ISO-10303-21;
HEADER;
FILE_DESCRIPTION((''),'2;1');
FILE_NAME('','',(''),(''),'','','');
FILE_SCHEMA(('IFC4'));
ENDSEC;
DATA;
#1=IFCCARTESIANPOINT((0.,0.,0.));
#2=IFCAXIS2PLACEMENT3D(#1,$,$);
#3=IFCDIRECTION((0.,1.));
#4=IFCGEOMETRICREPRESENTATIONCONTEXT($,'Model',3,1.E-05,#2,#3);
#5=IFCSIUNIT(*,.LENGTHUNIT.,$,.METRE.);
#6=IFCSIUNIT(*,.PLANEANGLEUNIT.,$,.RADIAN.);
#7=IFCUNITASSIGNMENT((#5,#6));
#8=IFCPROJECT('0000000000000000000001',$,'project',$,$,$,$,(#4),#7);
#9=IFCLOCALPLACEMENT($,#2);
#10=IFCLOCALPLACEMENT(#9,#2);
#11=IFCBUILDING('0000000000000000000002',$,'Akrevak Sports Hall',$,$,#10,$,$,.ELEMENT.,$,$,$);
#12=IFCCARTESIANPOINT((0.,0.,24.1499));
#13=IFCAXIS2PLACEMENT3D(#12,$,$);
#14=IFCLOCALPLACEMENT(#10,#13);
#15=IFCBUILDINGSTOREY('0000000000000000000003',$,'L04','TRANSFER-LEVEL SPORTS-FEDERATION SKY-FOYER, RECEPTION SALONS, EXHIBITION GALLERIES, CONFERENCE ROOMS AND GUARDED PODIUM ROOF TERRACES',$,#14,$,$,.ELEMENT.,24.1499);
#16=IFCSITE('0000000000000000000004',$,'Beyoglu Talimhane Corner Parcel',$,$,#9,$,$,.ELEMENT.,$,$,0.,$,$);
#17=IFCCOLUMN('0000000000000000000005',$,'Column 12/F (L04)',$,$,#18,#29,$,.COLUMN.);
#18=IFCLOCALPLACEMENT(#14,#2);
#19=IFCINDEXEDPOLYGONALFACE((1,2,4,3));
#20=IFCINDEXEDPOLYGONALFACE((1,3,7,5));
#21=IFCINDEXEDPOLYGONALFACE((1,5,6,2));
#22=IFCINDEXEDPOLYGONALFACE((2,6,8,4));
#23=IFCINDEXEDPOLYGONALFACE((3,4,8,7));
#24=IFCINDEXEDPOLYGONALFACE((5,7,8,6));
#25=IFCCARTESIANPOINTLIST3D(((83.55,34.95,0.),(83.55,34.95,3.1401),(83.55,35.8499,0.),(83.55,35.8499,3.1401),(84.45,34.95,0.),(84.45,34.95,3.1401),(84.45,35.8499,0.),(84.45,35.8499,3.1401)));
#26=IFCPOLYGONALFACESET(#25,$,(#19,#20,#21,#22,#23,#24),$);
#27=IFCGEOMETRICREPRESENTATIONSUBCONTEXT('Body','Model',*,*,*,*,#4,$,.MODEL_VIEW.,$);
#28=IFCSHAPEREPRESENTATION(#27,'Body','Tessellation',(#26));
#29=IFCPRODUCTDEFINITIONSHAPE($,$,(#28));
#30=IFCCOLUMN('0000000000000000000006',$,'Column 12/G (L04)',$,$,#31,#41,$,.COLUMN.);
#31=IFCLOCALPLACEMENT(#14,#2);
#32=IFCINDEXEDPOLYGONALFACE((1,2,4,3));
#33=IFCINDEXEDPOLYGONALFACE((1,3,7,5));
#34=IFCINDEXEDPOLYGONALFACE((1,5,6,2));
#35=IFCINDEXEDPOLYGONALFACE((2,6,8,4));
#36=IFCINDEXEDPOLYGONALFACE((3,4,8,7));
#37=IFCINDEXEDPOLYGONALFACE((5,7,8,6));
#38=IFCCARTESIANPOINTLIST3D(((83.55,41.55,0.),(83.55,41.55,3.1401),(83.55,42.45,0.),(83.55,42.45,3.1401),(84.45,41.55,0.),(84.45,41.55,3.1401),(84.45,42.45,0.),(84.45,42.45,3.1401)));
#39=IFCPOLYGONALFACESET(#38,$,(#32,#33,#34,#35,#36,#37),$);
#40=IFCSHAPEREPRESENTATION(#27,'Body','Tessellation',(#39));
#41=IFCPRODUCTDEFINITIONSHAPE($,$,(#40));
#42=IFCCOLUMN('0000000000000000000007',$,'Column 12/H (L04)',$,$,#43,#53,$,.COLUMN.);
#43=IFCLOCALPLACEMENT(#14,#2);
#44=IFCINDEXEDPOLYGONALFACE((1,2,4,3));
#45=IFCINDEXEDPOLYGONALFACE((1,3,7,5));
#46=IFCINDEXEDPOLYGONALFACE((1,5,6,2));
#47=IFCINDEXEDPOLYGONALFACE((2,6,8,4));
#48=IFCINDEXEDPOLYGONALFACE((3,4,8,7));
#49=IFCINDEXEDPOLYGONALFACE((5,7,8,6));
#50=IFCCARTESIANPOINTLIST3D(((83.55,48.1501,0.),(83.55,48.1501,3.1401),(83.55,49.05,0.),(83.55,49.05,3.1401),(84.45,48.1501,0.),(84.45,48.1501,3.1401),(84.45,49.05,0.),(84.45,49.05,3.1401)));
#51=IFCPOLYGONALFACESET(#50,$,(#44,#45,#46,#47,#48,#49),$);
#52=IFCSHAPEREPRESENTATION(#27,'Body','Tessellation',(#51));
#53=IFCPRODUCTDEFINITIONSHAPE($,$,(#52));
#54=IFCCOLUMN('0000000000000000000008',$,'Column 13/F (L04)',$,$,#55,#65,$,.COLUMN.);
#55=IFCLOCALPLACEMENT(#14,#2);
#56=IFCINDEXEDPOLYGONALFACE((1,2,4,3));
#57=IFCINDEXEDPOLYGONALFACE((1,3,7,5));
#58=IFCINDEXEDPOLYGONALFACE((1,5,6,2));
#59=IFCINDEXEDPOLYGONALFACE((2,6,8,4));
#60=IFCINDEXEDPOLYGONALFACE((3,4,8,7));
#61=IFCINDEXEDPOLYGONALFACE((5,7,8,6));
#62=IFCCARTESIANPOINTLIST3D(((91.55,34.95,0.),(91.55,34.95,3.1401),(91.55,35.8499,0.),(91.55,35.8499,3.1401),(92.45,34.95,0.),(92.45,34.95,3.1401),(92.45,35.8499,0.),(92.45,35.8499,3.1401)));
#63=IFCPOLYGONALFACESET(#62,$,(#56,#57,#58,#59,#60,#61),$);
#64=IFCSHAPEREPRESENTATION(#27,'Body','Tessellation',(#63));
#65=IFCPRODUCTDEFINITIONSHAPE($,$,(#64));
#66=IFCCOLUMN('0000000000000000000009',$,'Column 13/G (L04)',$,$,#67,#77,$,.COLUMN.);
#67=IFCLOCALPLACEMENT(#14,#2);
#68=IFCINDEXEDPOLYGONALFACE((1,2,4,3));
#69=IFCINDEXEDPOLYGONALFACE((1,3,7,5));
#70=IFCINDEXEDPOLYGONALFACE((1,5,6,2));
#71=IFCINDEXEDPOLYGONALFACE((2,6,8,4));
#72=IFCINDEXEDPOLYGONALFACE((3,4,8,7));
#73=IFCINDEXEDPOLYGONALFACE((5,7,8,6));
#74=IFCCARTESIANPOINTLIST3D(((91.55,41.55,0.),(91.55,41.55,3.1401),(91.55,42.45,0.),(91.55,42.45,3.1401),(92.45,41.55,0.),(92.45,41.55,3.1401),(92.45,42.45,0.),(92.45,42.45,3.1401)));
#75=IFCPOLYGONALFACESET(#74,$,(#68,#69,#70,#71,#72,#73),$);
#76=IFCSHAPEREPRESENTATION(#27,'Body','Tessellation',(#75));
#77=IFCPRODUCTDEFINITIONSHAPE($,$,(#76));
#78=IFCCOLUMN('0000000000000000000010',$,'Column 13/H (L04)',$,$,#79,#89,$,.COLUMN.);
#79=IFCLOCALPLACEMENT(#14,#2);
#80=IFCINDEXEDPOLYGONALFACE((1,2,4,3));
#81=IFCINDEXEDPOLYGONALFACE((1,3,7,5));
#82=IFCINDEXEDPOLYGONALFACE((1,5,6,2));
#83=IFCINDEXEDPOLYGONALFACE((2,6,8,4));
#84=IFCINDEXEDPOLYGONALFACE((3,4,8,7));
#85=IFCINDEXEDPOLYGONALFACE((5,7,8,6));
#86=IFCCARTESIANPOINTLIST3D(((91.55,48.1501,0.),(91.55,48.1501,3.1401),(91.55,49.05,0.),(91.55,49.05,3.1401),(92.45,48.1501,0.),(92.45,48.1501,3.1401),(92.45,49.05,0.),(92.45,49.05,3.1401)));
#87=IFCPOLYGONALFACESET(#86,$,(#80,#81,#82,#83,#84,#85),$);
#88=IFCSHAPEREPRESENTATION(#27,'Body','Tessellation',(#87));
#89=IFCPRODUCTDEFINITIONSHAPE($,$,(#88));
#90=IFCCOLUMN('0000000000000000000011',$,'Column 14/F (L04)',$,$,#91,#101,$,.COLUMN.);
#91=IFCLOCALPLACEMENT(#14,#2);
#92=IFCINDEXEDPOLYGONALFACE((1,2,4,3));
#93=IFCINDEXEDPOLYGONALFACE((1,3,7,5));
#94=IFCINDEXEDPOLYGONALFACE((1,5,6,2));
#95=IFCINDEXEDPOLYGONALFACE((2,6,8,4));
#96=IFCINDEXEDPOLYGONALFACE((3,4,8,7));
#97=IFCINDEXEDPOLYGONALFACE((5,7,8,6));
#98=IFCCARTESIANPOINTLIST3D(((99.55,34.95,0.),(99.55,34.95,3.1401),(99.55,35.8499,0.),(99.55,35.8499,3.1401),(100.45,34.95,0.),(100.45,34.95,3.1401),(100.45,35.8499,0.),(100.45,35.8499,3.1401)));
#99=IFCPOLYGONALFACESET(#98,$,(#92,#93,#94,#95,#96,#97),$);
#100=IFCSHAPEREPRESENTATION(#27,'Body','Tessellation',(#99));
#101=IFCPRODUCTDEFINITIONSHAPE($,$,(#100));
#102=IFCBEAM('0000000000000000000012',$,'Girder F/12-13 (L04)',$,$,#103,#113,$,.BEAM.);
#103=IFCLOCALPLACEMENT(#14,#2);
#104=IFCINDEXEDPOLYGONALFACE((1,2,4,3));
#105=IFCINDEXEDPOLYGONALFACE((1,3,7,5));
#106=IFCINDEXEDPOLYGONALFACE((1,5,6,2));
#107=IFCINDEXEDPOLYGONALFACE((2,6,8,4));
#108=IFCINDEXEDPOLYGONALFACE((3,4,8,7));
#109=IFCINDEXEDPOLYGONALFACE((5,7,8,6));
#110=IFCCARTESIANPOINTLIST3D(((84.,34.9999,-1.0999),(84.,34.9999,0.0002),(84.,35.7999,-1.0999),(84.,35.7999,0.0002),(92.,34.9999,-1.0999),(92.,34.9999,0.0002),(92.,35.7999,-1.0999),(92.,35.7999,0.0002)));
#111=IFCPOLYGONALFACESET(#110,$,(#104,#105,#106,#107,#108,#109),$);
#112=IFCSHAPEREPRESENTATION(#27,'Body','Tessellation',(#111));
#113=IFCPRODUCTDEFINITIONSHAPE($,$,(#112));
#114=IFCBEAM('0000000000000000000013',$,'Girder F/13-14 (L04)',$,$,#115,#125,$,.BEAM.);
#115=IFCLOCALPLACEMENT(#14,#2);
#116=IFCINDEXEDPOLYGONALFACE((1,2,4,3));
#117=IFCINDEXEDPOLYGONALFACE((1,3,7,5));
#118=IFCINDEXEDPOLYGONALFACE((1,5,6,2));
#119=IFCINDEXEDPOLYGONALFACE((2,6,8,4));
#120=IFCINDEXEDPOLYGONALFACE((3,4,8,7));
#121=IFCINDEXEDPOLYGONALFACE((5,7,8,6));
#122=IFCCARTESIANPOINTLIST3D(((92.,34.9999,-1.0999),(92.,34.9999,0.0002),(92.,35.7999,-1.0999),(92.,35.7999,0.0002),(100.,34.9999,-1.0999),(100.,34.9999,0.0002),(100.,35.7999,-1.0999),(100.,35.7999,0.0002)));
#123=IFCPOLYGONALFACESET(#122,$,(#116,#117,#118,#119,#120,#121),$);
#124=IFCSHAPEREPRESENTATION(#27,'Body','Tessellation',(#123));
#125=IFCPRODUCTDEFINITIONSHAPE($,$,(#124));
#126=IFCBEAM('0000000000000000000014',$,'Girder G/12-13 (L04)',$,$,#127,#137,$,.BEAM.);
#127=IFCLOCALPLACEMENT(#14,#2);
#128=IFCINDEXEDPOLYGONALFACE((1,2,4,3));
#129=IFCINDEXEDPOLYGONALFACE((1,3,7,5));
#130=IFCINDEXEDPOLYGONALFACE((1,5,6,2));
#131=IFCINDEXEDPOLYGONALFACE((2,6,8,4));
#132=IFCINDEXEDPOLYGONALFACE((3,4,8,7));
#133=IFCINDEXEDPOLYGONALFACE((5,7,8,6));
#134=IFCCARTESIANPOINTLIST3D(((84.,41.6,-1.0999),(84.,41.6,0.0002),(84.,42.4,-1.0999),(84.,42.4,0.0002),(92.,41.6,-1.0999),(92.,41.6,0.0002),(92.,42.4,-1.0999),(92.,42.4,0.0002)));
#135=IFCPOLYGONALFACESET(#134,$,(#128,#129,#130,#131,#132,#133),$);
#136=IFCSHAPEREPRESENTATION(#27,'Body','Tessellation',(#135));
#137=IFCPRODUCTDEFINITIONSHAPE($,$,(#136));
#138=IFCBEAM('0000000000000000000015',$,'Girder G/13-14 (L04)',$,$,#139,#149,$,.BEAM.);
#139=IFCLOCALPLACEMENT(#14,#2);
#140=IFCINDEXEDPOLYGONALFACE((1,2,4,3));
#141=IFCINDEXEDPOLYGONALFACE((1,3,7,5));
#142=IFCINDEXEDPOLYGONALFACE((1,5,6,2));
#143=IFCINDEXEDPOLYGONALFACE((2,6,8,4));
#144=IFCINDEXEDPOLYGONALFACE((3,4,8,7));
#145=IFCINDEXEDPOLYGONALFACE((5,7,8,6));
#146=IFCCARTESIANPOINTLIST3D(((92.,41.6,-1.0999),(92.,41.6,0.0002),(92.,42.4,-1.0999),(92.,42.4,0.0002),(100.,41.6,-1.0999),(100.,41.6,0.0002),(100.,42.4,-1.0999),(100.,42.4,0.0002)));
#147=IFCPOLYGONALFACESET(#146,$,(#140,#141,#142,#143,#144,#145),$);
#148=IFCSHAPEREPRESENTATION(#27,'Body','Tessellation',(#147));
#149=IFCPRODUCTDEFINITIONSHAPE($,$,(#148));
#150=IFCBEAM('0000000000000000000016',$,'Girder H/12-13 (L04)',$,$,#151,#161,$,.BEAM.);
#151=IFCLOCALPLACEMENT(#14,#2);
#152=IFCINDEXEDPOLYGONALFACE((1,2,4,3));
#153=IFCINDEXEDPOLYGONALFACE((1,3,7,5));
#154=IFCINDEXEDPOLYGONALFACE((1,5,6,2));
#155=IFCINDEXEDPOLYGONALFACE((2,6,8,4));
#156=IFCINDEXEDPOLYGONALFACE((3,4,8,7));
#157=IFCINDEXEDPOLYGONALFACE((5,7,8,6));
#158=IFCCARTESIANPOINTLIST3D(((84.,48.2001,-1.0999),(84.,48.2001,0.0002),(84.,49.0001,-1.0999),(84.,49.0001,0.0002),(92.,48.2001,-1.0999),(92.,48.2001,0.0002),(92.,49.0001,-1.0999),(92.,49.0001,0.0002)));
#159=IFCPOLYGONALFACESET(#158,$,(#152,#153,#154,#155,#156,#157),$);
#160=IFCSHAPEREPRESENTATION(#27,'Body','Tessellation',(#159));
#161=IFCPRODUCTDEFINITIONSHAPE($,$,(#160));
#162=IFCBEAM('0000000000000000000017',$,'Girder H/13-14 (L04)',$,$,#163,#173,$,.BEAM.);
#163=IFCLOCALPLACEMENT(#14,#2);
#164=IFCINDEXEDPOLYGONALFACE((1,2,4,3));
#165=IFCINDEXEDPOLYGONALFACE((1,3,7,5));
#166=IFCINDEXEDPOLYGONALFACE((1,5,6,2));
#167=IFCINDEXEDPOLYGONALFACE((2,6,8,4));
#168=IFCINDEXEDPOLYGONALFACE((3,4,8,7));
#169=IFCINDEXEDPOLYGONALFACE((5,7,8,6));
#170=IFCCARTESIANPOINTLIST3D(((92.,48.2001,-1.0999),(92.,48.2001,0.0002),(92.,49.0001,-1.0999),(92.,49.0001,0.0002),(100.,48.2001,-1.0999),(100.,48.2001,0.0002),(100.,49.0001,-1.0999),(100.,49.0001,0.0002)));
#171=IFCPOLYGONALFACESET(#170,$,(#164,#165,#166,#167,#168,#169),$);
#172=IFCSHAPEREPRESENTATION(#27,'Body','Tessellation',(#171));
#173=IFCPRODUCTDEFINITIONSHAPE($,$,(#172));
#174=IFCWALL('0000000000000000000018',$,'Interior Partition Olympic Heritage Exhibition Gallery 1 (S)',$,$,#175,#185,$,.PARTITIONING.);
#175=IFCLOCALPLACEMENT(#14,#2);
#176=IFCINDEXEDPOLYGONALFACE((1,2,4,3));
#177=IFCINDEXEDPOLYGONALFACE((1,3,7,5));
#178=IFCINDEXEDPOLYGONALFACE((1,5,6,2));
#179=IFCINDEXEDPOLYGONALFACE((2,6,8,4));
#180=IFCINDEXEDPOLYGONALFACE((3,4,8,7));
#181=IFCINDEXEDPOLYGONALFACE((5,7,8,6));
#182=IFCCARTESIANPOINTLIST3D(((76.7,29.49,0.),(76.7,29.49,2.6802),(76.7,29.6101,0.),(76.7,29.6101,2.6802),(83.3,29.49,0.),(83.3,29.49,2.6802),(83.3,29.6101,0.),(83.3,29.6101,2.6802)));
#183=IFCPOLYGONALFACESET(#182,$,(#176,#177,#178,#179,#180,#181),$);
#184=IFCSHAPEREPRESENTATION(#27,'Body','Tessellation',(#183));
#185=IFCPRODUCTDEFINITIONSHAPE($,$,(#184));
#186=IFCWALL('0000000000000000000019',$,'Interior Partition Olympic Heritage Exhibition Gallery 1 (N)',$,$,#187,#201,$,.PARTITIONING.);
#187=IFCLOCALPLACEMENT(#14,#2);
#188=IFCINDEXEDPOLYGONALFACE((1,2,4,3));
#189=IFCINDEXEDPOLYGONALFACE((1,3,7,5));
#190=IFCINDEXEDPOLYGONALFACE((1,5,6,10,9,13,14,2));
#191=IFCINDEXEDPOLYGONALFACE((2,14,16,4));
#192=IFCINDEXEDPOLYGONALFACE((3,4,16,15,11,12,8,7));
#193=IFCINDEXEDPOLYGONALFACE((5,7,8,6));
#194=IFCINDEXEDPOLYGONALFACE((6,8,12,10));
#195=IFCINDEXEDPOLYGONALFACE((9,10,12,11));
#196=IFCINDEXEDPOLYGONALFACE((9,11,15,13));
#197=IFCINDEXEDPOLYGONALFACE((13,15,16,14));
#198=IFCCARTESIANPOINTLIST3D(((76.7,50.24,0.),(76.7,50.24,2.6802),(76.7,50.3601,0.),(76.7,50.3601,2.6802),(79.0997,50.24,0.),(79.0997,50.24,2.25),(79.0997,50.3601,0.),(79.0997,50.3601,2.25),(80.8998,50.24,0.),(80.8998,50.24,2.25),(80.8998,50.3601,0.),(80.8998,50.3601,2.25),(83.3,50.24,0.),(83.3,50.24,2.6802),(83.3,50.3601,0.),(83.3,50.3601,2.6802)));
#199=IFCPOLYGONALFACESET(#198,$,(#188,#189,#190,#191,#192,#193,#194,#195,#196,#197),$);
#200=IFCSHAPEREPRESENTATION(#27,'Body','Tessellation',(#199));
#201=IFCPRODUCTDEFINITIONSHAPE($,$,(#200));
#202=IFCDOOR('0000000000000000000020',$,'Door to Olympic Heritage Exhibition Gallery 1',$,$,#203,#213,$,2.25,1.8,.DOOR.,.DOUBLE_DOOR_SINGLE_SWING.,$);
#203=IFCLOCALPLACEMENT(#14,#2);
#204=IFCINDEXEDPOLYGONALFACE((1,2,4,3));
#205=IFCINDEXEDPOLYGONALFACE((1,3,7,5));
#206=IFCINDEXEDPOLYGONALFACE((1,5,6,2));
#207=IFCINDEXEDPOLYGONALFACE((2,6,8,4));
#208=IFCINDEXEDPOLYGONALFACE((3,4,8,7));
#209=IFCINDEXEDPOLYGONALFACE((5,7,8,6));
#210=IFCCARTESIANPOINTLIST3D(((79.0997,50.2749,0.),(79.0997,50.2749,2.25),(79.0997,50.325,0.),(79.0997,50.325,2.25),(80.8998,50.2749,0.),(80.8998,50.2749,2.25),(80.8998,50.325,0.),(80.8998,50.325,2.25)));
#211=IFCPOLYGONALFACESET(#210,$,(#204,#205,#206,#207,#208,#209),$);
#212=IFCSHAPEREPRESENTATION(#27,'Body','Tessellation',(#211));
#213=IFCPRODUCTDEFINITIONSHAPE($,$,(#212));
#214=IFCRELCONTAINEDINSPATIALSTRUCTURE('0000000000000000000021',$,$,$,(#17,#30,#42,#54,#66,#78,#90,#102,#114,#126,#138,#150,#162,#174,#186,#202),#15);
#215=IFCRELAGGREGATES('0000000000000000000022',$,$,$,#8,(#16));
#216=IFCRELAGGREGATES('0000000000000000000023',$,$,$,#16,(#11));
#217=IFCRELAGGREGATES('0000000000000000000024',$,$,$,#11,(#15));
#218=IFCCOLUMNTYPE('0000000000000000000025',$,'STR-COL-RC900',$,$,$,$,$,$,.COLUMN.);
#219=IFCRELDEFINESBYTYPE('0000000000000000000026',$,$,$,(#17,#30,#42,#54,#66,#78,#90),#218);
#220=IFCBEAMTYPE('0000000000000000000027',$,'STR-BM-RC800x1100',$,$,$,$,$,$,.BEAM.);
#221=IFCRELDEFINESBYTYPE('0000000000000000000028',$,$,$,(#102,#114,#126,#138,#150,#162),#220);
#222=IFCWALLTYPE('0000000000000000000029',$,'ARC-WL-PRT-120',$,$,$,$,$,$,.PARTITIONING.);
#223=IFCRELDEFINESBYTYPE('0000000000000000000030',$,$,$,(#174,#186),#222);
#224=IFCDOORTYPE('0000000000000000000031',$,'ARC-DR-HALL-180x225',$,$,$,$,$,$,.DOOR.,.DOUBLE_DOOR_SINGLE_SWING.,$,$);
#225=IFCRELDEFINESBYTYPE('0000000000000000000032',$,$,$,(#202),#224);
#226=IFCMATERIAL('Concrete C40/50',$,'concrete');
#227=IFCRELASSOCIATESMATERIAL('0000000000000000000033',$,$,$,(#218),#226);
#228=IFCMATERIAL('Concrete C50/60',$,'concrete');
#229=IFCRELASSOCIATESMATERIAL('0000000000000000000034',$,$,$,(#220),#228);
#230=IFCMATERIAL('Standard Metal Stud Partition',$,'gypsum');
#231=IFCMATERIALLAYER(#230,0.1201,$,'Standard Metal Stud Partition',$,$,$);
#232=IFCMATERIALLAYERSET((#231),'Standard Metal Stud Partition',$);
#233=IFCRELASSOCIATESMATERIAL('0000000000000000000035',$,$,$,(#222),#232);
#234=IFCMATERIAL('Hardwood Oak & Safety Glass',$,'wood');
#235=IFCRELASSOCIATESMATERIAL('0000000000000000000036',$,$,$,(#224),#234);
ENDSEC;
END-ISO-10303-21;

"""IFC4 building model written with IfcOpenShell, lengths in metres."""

from ifc_helpers import new_model, si_unit, direction, frame, frame_2d, origin, origin_2d, place, context, subcontext, project, spatial, rectangle, extrude, material, layer, layer_set, material_profile, profile_set, type_object, element, fill, save


model = new_model("IFC4")

# Units and contexts
model_context = context("Model", 3, precision=1e-05, world=origin(), true_north=direction((0.0, 1.0)))
body_context = subcontext(model_context, "Body", "Model", "MODEL_VIEW")
ifc_project = project(units=[si_unit("LENGTHUNIT", "METRE"), si_unit("PLANEANGLEUNIT", "RADIAN")], contexts=[model_context])

# Site, building, storey
site_placement = place(None, origin())
site = spatial("IfcSite", under=ifc_project, at=site_placement, Name="Beyoglu Talimhane Corner Parcel", CompositionType="ELEMENT", RefElevation=0.0)
building_placement = place(site_placement, origin())
building = spatial("IfcBuilding", under=site, at=building_placement, Name="Akrevak Sports Hall", CompositionType="ELEMENT")
storey_placement = place(building_placement, frame((0.0, 0.0, 24.1499)))
storey = spatial("IfcBuildingStorey", under=building, at=storey_placement, Name="L04", Description="TRANSFER-LEVEL SPORTS-FEDERATION SKY-FOYER, RECEPTION SALONS, EXHIBITION GALLERIES, CONFERENCE ROOMS AND GUARDED PODIUM ROOF TERRACES", CompositionType="ELEMENT", Elevation=24.1499)

# Columns
ifc_material_1 = material(Name="Concrete C40/50", Category="concrete")
ifc_material_profile_1 = material_profile(ifc_material_1, rectangle(XDim=0.8999, YDim=0.8999, at=origin_2d()), Name="RC 900x900", Category="concrete")
ifc_profile_set_1 = profile_set([ifc_material_profile_1], Name="Concrete C40/50")
column_type = type_object("IfcColumnType", Name="STR-COL-RC900", PredefinedType="COLUMN", material=ifc_profile_set_1)
for number, where, z_axis, x_axis, name in (
    (1, (84.0, 35.3999, 0.0), (0.0, 0.0, 1.0), (1.0, 0.0, 0.0), "Column 12/F (L04)"),
    (2, (84.0, 42.0, 0.0), (0.0, 0.0, 1.0), (1.0, 0.0, 0.0), "Column 12/G (L04)"),
    (3, (84.0, 48.6001, 0.0), (0.0, 0.0, 1.0), (1.0, 0.0, 0.0), "Column 12/H (L04)"),
    (4, (92.0, 35.3999, 0.0), (0.0, 0.0, 1.0), (1.0, 0.0, 0.0), "Column 13/F (L04)"),
    (5, (92.0, 42.0, 0.0), (0.0, 0.0, 1.0), (1.0, 0.0, 0.0), "Column 13/G (L04)"),
    (6, (92.0, 48.6001, 0.0), (0.0, 0.0, 1.0), (1.0, 0.0, 0.0), "Column 13/H (L04)"),
    (7, (100.0, 35.3999, 0.0), (0.0, 0.0, 1.0), (1.0, 0.0, 0.0), "Column 14/F (L04)"),
):
    element("IfcColumn", number, at=place(storey_placement, frame(where, z_axis=z_axis, x_axis=x_axis)), inside=storey, type_object=column_type, Name=name, PredefinedType="COLUMN", context=body_context, shape_type="SweptSolid", body=[
        extrude(rectangle(XDim=0.8999, YDim=0.8999, at=origin_2d()), origin(), (0.0, 0.0, 1.0), 3.1401),
    ])

# Beams
ifc_material_2 = material(Name="Concrete C50/60", Category="concrete")
ifc_material_profile_2 = material_profile(ifc_material_2, rectangle(XDim=0.8, YDim=1.1001, at=origin_2d()), Name="BM 800x1100", Category="concrete")
ifc_profile_set_2 = profile_set([ifc_material_profile_2], Name="Concrete C50/60")
beam_type = type_object("IfcBeamType", Name="STR-BM-RC800x1100", PredefinedType="BEAM", material=ifc_profile_set_2)
for number, where, z_axis, x_axis, name in (
    (8, (84.0, 35.3999, -0.5498), (1.0, 0.0, 0.0), (0.0, 1.0, 0.0), "Girder F/12-13 (L04)"),
    (9, (92.0, 35.3999, -0.5498), (1.0, 0.0, 0.0), (0.0, 1.0, 0.0), "Girder F/13-14 (L04)"),
    (10, (84.0, 42.0, -0.5498), (1.0, 0.0, 0.0), (0.0, 1.0, 0.0), "Girder G/12-13 (L04)"),
    (11, (92.0, 42.0, -0.5498), (1.0, 0.0, 0.0), (0.0, 1.0, 0.0), "Girder G/13-14 (L04)"),
    (12, (84.0, 48.6001, -0.5498), (1.0, 0.0, 0.0), (0.0, 1.0, 0.0), "Girder H/12-13 (L04)"),
    (13, (92.0, 48.6001, -0.5498), (1.0, 0.0, 0.0), (0.0, 1.0, 0.0), "Girder H/13-14 (L04)"),
):
    element("IfcBeam", number, at=place(storey_placement, frame(where, z_axis=z_axis, x_axis=x_axis)), inside=storey, type_object=beam_type, Name=name, PredefinedType="BEAM", context=body_context, shape_type="SweptSolid", body=[
        extrude(rectangle(XDim=0.8, YDim=1.1001, at=origin_2d()), origin(), (0.0, 0.0, 1.0), 8.0),
    ])

# Wall
ifc_material_3 = material(Name="Standard Metal Stud Partition", Category="gypsum")
ifc_layer_1 = layer(ifc_material_3, 0.1201, Name="Standard Metal Stud Partition")
ifc_layer_set_1 = layer_set([ifc_layer_1], Name="Standard Metal Stud Partition")
wall_type_1 = type_object("IfcWallType", Name="ARC-WL-PRT-120", PredefinedType="PARTITIONING", material=ifc_layer_set_1)
wall_1_placement = place(storey_placement, frame((76.7, 29.55, 0.0), z_axis=(0.0, 0.0, 1.0), x_axis=(1.0, 0.0, 0.0)))
element("IfcWall", 14, at=wall_1_placement, inside=storey, type_object=wall_type_1, Name="Interior Partition Olympic Heritage Exhibition Gallery 1 (S)", PredefinedType="PARTITIONING", context=body_context, shape_type="SweptSolid", body=[
    extrude(rectangle(XDim=6.6001, YDim=0.1201, at=frame_2d((3.3, 0.0))), origin(), (0.0, 0.0, 1.0), 2.6802),
])

# Wall, opening, door
wall_2_placement = place(storey_placement, frame((76.7, 50.3, 0.0), z_axis=(0.0, 0.0, 1.0), x_axis=(1.0, 0.0, 0.0)))
wall_2 = element("IfcWall", 15, at=wall_2_placement, inside=storey, type_object=wall_type_1, Name="Interior Partition Olympic Heritage Exhibition Gallery 1 (N)", PredefinedType="PARTITIONING", context=body_context, shape_type="SweptSolid", body=[
    extrude(rectangle(XDim=6.6001, YDim=0.1201, at=frame_2d((3.3, 0.0))), origin(), (0.0, 0.0, 1.0), 2.6802),
])
opening_1_placement = place(wall_2_placement, frame((2.3999, 0.0, 0.0)))
opening_1 = element("IfcOpeningElement", 16, at=opening_1_placement, cuts=wall_2, PredefinedType="OPENING", context=body_context, shape_type="SweptSolid", body=[
    extrude(rectangle(XDim=1.8, YDim=2.25, at=frame_2d((0.8999, 1.125))), frame((0.0, 0.072, 0.0), z_axis=(0.0, -1.0, 0.0), x_axis=(1.0, 0.0, 0.0)), (0.0, 0.0, 1.0), 0.144),
])
ifc_material_4 = material(Name="Hardwood Oak & Safety Glass", Category="wood")
door_type_1 = type_object("IfcDoorType", Name="ARC-DR-HALL-180x225", OperationType="DOUBLE_DOOR_SINGLE_SWING", PredefinedType="DOOR", material=ifc_material_4)
door_1_placement = place(opening_1_placement, origin())
door_1 = element("IfcDoor", 17, at=door_1_placement, inside=storey, type_object=door_type_1, Name="Door to Olympic Heritage Exhibition Gallery 1", OperationType="DOUBLE_DOOR_SINGLE_SWING", OverallHeight=2.25, OverallWidth=1.8, PredefinedType="DOOR", context=body_context, shape_type="SweptSolid", body=[
    extrude(rectangle(XDim=1.8, YDim=2.25, at=frame_2d((0.8999, 1.125))), frame((0.0, 0.0249, 0.0), z_axis=(0.0, -1.0, 0.0), x_axis=(1.0, 0.0, 0.0)), (0.0, 0.0, 1.0), 0.05),
])
fill(opening_1, door_1)

save(model, "model.ifc")
